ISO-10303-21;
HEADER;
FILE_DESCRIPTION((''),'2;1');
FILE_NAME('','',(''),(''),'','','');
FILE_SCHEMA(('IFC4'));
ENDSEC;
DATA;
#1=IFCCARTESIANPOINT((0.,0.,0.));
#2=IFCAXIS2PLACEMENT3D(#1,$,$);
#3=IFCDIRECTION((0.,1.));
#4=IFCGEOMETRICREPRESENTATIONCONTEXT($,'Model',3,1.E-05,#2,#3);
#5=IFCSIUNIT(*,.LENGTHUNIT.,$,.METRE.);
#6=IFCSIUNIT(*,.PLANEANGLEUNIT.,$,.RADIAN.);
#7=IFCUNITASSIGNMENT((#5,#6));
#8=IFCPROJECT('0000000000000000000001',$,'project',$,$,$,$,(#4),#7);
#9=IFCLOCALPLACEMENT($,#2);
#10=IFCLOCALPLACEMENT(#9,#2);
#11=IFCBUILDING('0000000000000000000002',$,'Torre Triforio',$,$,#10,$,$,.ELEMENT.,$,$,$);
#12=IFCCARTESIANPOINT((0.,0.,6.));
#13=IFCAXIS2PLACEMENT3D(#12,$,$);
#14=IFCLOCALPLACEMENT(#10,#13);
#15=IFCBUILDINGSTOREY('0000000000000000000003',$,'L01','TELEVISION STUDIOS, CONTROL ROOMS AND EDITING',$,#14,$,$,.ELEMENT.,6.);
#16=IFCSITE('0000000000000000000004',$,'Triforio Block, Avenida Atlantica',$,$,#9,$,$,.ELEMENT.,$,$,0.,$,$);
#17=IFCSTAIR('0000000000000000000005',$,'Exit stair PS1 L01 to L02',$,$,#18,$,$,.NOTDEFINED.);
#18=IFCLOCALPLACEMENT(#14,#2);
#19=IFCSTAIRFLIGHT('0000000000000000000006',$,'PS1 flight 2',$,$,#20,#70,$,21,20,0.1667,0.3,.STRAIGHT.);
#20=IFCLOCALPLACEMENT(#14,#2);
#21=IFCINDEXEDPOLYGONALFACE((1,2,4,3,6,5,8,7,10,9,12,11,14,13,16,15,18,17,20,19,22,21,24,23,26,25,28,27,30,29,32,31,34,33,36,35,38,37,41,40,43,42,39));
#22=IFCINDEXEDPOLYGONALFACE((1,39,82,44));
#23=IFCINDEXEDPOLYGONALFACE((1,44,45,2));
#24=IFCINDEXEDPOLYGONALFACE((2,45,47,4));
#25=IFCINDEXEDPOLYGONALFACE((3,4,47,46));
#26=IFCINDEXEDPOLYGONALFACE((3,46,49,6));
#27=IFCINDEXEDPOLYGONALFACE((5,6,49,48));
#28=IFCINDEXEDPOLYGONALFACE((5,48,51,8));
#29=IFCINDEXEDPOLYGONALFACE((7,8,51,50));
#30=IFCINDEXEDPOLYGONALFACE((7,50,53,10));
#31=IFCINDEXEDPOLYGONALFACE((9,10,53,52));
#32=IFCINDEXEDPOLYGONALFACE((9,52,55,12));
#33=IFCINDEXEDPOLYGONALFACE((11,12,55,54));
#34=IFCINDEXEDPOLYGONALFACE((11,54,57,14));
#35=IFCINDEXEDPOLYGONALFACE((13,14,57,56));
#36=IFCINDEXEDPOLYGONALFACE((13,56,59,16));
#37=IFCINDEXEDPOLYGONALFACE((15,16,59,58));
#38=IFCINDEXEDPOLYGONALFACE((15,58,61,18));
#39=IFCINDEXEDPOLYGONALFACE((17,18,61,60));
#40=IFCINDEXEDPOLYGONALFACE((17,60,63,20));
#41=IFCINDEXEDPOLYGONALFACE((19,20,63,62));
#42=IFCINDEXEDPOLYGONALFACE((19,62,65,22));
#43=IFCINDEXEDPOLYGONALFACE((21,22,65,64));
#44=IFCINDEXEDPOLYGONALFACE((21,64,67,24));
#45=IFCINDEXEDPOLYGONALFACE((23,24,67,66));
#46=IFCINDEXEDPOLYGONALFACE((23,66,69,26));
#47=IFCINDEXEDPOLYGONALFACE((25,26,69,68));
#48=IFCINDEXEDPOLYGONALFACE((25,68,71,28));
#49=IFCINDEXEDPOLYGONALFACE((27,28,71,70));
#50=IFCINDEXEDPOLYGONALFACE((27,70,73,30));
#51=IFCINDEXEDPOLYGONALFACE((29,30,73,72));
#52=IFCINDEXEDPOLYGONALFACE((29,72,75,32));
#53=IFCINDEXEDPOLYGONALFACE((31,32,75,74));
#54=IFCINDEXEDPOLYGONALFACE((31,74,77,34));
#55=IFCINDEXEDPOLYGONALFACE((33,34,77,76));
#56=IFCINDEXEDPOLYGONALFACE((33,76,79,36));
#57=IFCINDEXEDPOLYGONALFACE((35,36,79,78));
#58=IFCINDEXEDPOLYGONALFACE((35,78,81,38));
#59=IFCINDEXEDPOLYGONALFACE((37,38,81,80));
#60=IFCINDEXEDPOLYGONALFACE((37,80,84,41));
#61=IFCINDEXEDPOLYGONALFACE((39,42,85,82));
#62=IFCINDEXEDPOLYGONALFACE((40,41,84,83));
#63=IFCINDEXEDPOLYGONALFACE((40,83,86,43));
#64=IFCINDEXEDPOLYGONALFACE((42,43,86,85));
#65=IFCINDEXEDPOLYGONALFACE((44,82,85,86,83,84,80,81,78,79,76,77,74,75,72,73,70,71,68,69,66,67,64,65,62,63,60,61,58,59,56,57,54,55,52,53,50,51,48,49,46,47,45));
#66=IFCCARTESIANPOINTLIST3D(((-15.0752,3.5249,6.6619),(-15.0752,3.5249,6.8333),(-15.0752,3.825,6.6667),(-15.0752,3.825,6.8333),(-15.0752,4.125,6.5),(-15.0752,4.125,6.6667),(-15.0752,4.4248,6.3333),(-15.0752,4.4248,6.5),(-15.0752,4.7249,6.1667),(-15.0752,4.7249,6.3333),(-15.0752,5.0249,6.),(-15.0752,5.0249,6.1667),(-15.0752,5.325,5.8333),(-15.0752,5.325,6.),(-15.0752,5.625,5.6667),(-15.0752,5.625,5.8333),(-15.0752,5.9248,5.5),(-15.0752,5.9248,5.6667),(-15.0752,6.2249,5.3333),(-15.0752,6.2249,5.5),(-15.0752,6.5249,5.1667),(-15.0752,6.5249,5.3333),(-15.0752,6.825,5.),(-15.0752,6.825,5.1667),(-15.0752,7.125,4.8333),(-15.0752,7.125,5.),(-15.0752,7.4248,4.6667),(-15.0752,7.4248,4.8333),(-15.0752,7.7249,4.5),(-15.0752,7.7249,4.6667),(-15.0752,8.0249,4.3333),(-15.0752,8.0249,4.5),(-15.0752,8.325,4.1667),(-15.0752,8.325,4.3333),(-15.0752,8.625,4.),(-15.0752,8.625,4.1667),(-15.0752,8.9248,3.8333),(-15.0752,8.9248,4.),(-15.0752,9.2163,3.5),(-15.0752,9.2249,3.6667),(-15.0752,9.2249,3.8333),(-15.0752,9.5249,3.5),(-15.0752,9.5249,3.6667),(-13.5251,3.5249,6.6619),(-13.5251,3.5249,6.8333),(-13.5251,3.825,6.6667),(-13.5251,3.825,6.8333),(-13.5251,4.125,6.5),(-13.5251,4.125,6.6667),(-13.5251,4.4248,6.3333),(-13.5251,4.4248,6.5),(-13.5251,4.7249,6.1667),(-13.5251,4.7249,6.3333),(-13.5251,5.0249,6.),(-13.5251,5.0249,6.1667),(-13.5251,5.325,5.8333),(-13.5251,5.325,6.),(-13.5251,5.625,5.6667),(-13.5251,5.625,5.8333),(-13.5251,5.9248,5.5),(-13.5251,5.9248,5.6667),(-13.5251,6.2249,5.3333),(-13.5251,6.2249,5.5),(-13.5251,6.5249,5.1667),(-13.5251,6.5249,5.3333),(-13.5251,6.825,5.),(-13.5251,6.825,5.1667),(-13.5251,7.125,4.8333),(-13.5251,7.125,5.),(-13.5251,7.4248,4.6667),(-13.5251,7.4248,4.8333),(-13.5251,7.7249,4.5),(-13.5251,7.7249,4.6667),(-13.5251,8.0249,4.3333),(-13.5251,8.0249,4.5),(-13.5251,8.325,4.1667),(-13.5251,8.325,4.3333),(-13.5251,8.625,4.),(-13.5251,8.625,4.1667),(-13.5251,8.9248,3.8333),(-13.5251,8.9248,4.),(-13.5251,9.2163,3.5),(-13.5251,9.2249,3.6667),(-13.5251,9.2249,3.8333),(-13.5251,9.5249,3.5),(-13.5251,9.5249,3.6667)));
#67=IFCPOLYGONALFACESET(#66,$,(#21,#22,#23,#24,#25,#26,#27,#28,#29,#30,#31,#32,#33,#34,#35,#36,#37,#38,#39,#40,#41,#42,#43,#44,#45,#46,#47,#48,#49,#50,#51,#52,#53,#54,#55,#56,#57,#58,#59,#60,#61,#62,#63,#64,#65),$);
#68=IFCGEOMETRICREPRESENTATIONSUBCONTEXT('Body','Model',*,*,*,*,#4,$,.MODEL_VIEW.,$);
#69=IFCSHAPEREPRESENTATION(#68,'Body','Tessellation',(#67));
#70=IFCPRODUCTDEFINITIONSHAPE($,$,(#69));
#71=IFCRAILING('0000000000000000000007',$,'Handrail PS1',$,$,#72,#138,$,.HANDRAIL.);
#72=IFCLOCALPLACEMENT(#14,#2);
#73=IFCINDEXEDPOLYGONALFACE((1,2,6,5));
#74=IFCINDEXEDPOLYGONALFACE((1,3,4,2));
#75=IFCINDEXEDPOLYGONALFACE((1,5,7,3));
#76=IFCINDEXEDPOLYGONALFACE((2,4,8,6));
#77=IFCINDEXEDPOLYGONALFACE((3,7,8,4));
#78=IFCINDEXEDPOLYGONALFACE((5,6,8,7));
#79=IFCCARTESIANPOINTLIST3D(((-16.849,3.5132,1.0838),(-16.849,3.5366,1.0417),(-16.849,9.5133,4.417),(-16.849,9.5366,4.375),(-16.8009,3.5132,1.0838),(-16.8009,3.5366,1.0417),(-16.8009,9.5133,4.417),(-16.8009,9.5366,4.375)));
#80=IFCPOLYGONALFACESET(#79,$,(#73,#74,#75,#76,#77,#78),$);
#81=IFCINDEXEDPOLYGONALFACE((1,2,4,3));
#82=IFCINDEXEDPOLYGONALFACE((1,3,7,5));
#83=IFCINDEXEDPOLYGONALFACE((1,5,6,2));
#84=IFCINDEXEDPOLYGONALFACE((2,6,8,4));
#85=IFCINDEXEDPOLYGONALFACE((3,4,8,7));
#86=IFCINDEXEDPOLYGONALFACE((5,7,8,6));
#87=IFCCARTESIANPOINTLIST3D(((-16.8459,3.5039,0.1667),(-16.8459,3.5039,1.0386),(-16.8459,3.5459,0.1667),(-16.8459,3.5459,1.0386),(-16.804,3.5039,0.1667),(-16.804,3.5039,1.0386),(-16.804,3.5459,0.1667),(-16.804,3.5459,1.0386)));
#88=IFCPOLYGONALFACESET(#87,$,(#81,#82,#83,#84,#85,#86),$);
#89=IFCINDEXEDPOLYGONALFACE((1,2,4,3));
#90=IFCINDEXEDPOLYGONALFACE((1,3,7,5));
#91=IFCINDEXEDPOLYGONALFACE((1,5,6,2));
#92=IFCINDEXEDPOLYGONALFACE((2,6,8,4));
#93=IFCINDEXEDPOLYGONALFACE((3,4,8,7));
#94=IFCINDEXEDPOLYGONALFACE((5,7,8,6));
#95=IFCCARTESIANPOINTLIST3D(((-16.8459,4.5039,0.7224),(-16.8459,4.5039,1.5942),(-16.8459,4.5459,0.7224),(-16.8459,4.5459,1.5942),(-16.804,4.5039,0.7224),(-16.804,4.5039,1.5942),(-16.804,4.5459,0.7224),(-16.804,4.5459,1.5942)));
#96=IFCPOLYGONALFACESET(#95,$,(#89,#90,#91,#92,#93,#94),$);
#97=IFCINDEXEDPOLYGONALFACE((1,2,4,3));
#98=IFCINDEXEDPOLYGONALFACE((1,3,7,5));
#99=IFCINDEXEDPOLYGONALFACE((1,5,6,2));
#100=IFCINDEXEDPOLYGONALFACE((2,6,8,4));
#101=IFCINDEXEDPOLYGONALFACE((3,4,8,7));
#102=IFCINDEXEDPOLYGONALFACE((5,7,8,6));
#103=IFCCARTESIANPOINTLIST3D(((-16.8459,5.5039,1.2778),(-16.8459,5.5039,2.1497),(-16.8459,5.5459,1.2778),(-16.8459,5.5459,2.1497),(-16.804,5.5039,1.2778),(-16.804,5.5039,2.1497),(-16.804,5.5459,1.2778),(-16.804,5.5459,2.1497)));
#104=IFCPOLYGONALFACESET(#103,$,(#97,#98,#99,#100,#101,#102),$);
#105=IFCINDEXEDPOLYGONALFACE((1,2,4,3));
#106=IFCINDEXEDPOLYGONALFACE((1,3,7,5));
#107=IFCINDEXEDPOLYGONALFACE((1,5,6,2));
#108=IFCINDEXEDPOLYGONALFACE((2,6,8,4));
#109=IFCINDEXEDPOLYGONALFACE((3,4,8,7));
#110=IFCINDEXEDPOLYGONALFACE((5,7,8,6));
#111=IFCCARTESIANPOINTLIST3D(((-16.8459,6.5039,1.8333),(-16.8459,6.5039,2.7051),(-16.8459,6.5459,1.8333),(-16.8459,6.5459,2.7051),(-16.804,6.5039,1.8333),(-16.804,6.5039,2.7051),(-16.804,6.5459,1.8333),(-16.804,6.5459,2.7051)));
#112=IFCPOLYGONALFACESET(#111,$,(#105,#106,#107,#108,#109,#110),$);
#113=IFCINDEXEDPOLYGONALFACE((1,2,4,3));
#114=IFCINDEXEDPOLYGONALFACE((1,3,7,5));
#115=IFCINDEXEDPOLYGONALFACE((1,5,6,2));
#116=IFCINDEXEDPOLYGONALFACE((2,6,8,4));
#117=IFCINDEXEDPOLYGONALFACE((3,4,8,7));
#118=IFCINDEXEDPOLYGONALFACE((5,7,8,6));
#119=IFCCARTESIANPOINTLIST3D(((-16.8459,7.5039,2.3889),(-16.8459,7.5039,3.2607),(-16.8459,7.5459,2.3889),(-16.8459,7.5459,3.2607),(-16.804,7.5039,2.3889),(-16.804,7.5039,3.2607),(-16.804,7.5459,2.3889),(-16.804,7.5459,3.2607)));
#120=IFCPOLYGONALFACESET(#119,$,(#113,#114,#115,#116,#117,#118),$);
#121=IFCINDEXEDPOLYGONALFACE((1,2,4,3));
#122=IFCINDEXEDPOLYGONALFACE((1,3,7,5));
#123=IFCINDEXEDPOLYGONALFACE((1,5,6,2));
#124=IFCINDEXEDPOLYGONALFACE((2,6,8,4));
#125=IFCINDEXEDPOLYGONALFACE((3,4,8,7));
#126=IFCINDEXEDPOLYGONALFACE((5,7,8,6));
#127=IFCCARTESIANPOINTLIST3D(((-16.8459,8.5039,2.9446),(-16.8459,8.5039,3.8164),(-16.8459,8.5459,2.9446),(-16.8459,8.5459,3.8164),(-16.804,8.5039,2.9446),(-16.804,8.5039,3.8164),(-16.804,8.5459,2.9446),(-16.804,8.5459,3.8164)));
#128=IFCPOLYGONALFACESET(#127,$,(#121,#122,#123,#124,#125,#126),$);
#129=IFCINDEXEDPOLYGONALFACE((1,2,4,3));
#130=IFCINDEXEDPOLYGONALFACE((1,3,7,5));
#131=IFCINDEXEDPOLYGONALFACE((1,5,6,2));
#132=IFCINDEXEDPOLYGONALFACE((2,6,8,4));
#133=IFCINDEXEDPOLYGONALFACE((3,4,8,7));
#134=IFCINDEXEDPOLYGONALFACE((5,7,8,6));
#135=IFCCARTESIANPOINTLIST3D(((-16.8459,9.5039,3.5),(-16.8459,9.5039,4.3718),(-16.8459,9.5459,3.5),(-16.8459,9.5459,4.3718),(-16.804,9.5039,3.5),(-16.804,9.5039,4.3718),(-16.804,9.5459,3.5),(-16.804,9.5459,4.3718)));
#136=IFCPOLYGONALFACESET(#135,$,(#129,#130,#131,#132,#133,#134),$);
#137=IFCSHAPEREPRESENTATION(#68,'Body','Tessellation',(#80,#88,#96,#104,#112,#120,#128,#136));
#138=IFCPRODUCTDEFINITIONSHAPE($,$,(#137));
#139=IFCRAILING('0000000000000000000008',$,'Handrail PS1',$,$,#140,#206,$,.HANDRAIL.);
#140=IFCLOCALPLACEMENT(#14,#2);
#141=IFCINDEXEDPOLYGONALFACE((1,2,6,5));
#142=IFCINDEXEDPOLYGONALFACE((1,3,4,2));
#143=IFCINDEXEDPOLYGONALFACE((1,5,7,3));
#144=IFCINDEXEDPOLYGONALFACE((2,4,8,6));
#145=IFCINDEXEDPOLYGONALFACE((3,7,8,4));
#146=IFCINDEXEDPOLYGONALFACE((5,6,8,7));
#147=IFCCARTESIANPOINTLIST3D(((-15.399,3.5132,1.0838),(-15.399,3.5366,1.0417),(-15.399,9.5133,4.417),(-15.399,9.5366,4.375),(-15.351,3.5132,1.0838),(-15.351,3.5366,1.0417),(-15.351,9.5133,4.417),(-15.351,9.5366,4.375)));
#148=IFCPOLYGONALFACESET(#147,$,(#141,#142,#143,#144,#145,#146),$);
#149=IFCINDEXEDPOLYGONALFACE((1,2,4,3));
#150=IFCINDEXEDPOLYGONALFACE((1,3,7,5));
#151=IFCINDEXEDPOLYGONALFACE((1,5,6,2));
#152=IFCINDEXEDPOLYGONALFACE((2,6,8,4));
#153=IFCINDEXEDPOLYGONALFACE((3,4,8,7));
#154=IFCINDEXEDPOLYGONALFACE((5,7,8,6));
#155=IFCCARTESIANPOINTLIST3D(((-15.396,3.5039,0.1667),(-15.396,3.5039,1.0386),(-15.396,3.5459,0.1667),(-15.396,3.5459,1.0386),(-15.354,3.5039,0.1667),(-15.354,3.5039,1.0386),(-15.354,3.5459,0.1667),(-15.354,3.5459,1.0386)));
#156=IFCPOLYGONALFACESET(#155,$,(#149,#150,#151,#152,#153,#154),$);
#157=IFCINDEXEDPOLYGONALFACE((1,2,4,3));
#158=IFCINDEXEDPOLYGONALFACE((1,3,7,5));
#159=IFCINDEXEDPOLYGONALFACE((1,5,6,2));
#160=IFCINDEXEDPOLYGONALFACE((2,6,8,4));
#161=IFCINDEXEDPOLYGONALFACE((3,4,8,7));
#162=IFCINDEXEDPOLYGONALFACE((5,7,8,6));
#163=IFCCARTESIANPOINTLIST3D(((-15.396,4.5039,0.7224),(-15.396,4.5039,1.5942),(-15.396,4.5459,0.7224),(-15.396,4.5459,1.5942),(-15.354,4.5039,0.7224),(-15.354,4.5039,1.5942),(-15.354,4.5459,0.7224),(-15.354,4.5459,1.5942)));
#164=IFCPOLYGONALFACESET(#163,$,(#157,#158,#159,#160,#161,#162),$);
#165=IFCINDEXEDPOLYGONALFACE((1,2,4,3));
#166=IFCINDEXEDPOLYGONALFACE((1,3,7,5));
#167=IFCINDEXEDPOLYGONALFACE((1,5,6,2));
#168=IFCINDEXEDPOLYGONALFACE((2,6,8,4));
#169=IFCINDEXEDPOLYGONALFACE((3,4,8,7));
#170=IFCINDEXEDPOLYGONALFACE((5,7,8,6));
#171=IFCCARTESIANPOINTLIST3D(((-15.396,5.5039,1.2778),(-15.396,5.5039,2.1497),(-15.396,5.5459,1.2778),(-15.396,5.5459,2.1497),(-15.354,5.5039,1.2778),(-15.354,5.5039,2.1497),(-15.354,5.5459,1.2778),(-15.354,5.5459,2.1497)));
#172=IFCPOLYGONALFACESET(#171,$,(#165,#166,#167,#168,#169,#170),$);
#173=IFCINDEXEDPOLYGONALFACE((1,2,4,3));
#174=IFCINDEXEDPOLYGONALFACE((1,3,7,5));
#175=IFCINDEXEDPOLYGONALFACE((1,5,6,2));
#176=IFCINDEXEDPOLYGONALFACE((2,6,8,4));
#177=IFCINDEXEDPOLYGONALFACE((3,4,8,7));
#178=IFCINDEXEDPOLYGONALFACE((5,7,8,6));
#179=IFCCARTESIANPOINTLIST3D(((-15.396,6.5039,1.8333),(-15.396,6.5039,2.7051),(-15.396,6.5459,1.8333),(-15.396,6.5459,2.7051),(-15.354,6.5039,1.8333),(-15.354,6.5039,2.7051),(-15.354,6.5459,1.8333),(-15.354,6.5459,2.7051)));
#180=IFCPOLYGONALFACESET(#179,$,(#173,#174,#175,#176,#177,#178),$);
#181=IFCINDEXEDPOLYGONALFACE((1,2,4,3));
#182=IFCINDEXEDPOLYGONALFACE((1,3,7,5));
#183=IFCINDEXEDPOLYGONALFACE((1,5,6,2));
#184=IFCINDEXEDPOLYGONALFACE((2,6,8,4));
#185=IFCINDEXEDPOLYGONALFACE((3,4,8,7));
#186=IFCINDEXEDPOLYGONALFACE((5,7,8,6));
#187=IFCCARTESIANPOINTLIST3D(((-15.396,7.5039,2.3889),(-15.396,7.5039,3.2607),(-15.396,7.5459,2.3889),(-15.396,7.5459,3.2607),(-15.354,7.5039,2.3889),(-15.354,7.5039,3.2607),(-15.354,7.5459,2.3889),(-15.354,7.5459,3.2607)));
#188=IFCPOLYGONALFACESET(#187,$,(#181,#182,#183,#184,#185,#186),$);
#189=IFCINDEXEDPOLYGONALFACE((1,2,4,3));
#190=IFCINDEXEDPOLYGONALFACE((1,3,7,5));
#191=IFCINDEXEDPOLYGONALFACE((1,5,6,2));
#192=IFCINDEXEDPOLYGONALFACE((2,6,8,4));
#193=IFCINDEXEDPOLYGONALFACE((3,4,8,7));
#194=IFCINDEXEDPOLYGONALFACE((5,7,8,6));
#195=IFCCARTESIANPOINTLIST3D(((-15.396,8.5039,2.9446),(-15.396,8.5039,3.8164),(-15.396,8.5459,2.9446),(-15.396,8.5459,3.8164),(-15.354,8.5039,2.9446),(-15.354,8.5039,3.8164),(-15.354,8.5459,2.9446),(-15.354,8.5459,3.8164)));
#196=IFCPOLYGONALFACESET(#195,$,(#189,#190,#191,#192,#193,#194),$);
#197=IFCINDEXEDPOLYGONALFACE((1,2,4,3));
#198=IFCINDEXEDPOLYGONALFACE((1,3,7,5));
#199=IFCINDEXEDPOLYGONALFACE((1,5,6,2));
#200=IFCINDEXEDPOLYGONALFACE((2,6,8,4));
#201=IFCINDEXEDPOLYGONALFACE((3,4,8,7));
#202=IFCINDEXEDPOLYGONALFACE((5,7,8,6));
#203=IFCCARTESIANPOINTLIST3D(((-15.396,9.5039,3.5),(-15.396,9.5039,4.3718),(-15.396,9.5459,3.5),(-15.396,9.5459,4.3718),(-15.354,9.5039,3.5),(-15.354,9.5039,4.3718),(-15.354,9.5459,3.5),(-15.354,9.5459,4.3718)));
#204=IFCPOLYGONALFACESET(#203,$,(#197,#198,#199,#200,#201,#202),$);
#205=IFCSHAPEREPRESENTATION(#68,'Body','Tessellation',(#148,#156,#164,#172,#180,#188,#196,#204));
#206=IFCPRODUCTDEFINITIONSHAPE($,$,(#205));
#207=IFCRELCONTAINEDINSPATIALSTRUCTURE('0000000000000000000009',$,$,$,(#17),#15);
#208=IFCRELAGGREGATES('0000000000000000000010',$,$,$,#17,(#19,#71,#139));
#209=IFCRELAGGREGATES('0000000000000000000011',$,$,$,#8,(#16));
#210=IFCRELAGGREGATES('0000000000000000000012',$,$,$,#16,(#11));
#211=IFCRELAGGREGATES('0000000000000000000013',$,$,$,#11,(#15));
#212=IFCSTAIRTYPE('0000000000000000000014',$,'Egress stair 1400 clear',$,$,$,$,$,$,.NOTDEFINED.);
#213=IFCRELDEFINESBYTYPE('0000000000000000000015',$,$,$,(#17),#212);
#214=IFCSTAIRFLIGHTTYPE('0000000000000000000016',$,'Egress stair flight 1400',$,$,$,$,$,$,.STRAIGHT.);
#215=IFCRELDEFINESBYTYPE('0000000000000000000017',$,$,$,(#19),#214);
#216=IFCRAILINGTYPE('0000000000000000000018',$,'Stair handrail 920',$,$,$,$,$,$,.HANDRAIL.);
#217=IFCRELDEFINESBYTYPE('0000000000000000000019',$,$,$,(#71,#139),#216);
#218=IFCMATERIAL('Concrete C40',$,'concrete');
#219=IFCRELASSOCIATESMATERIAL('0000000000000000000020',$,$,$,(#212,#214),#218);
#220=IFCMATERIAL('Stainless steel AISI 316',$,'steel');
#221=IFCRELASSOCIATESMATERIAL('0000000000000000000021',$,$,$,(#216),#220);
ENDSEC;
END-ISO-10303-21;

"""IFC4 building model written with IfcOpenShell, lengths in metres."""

from ifc_helpers import new_model, si_unit, direction, frame, origin, origin_2d, place, context, subcontext, project, spatial, polyline, rectangle, outline, extrude, material, type_object, element, aggregate, save


model = new_model("IFC4")

# Units and contexts
model_context = context("Model", 3, precision=1e-05, world=origin(), true_north=direction((0.0, 1.0)))
body_context = subcontext(model_context, "Body", "Model", "MODEL_VIEW")
ifc_project = project(units=[si_unit("LENGTHUNIT", "METRE"), si_unit("PLANEANGLEUNIT", "RADIAN")], contexts=[model_context])

# Site, building, storey
site_placement = place(None, origin())
site = spatial("IfcSite", under=ifc_project, at=site_placement, Name="Triforio Block, Avenida Atlantica", CompositionType="ELEMENT", RefElevation=0.0)
building_placement = place(site_placement, origin())
building = spatial("IfcBuilding", under=site, at=building_placement, Name="Torre Triforio", CompositionType="ELEMENT")
storey_placement = place(building_placement, frame((0.0, 0.0, 6.0)))
storey = spatial("IfcBuildingStorey", under=building, at=storey_placement, Name="L01", Description="TELEVISION STUDIOS, CONTROL ROOMS AND EDITING", CompositionType="ELEMENT", Elevation=6.0)

# Shared definitions
ifc_material_1 = material(Name="Concrete C40", Category="concrete")

# Stair, stair flight, railings
stair_type = type_object("IfcStairType", Name="Egress stair 1400 clear", PredefinedType="NOTDEFINED", material=ifc_material_1)
stair_placement = place(storey_placement, origin())
stair = element("IfcStair", 1, at=stair_placement, inside=storey, type_object=stair_type, Name="Exit stair PS1 L01 to L02", PredefinedType="NOTDEFINED")
stair_flight_type = type_object("IfcStairFlightType", Name="Egress stair flight 1400", PredefinedType="STRAIGHT", material=ifc_material_1)
stair_flight_1_placement = place(storey_placement, frame((-14.3, 9.5249, 3.5), z_axis=(0.0, 0.0, 1.0), x_axis=(0.0, -1.0, 0.0)))
stair_flight_1 = element("IfcStairFlight", 2, at=stair_flight_1_placement, type_object=stair_flight_type, Name="PS1 flight 2", NumberOfRisers=21, NumberOfTreads=20, PredefinedType="STRAIGHT", RiserHeight=0.1667, TreadLength=0.3, context=body_context, shape_type="SweptSolid", body=[
    extrude(outline(polyline([(0.0, 0.0), (0.0, 0.1667), (0.3, 0.1667), (0.3, 0.3333), (0.6001, 0.3333), (0.6001, 0.5), (0.8999, 0.5), (0.8999, 0.6667), (1.2, 0.6667), (1.2, 0.8333), (1.5, 0.8333), (1.5, 1.0), (1.8, 1.0), (1.8, 1.1667), (2.1001, 1.1667), (2.1001, 1.3333), (2.3999, 1.3333), (2.3999, 1.5), (2.7, 1.5), (2.7, 1.6667), (3.0, 1.6667), (3.0, 1.8333), (3.3, 1.8333), (3.3, 2.0), (3.6001, 2.0), (3.6001, 2.1667), (3.8999, 2.1667), (3.8999, 2.3333), (4.2, 2.3333), (4.2, 2.5), (4.5, 2.5), (4.5, 2.6667), (4.8, 2.6667), (4.8, 2.8333), (5.1001, 2.8333), (5.1001, 3.0), (5.3999, 3.0), (5.3999, 3.1667), (5.7, 3.1667), (5.7, 3.3333), (6.0, 3.3333), (6.0, 3.5), (6.0, 3.1619), (0.3086, 0.0), (0.0, 0.0)])), frame((0.0, 0.7749, 0.0), z_axis=(0.0, -1.0, 0.0), x_axis=(1.0, 0.0, 0.0)), (0.0, 0.0, 1.0), 1.55),
])
ifc_material_2 = material(Name="Stainless steel AISI 316", Category="steel")
railing_type_1 = type_object("IfcRailingType", Name="Stair handrail 920", PredefinedType="HANDRAIL", material=ifc_material_2)
railing_1_placement = place(storey_placement, frame((-16.825, 3.5249, 0.1667)))
railing_1 = element("IfcRailing", 3, at=railing_1_placement, type_object=railing_type_1, Name="Handrail PS1", PredefinedType="HANDRAIL", context=body_context, shape_type="SweptSolid", body=[
    extrude(rectangle(XDim=0.0481, YDim=0.0481, at=origin_2d()), frame((0.0, 0.0, 0.896), z_axis=(0.0, 0.874162, 0.485634), x_axis=(-1.0, 0.0, 0.0)), (0.0, 0.0, 1.0), 6.8638),
    extrude(rectangle(XDim=0.042, YDim=0.042, at=origin_2d()), origin(), (0.0, 0.0, 1.0), 0.8718),
    extrude(rectangle(XDim=0.042, YDim=0.042, at=origin_2d()), frame((0.0, 1.0, 0.5557)), (0.0, 0.0, 1.0), 0.8718),
    extrude(rectangle(XDim=0.042, YDim=0.042, at=origin_2d()), frame((0.0, 2.0, 1.1111)), (0.0, 0.0, 1.0), 0.8718),
    extrude(rectangle(XDim=0.042, YDim=0.042, at=origin_2d()), frame((0.0, 3.0, 1.6665)), (0.0, 0.0, 1.0), 0.8718),
    extrude(rectangle(XDim=0.042, YDim=0.042, at=origin_2d()), frame((0.0, 4.0, 2.2222)), (0.0, 0.0, 1.0), 0.8718),
    extrude(rectangle(XDim=0.042, YDim=0.042, at=origin_2d()), frame((0.0, 5.0, 2.7778)), (0.0, 0.0, 1.0), 0.8718),
    extrude(rectangle(XDim=0.042, YDim=0.042, at=origin_2d()), frame((0.0, 6.0, 3.3333)), (0.0, 0.0, 1.0), 0.8718),
])
railing_2_placement = place(storey_placement, frame((-15.375, 3.5249, 0.1667)))
railing_2 = element("IfcRailing", 4, at=railing_2_placement, type_object=railing_type_1, Name="Handrail PS1", PredefinedType="HANDRAIL", context=body_context, shape_type="SweptSolid", body=[
    extrude(rectangle(XDim=0.0481, YDim=0.0481, at=origin_2d()), frame((0.0, 0.0, 0.896), z_axis=(0.0, 0.874162, 0.485634), x_axis=(-1.0, 0.0, 0.0)), (0.0, 0.0, 1.0), 6.8638),
    extrude(rectangle(XDim=0.042, YDim=0.042, at=origin_2d()), origin(), (0.0, 0.0, 1.0), 0.8718),
    extrude(rectangle(XDim=0.042, YDim=0.042, at=origin_2d()), frame((0.0, 1.0, 0.5557)), (0.0, 0.0, 1.0), 0.8718),
    extrude(rectangle(XDim=0.042, YDim=0.042, at=origin_2d()), frame((0.0, 2.0, 1.1111)), (0.0, 0.0, 1.0), 0.8718),
    extrude(rectangle(XDim=0.042, YDim=0.042, at=origin_2d()), frame((0.0, 3.0, 1.6665)), (0.0, 0.0, 1.0), 0.8718),
    extrude(rectangle(XDim=0.042, YDim=0.042, at=origin_2d()), frame((0.0, 4.0, 2.2222)), (0.0, 0.0, 1.0), 0.8718),
    extrude(rectangle(XDim=0.042, YDim=0.042, at=origin_2d()), frame((0.0, 5.0, 2.7778)), (0.0, 0.0, 1.0), 0.8718),
    extrude(rectangle(XDim=0.042, YDim=0.042, at=origin_2d()), frame((0.0, 6.0, 3.3333)), (0.0, 0.0, 1.0), 0.8718),
])
aggregate(stair, [stair_flight_1, railing_1, railing_2])

save(model, "model.ifc")
